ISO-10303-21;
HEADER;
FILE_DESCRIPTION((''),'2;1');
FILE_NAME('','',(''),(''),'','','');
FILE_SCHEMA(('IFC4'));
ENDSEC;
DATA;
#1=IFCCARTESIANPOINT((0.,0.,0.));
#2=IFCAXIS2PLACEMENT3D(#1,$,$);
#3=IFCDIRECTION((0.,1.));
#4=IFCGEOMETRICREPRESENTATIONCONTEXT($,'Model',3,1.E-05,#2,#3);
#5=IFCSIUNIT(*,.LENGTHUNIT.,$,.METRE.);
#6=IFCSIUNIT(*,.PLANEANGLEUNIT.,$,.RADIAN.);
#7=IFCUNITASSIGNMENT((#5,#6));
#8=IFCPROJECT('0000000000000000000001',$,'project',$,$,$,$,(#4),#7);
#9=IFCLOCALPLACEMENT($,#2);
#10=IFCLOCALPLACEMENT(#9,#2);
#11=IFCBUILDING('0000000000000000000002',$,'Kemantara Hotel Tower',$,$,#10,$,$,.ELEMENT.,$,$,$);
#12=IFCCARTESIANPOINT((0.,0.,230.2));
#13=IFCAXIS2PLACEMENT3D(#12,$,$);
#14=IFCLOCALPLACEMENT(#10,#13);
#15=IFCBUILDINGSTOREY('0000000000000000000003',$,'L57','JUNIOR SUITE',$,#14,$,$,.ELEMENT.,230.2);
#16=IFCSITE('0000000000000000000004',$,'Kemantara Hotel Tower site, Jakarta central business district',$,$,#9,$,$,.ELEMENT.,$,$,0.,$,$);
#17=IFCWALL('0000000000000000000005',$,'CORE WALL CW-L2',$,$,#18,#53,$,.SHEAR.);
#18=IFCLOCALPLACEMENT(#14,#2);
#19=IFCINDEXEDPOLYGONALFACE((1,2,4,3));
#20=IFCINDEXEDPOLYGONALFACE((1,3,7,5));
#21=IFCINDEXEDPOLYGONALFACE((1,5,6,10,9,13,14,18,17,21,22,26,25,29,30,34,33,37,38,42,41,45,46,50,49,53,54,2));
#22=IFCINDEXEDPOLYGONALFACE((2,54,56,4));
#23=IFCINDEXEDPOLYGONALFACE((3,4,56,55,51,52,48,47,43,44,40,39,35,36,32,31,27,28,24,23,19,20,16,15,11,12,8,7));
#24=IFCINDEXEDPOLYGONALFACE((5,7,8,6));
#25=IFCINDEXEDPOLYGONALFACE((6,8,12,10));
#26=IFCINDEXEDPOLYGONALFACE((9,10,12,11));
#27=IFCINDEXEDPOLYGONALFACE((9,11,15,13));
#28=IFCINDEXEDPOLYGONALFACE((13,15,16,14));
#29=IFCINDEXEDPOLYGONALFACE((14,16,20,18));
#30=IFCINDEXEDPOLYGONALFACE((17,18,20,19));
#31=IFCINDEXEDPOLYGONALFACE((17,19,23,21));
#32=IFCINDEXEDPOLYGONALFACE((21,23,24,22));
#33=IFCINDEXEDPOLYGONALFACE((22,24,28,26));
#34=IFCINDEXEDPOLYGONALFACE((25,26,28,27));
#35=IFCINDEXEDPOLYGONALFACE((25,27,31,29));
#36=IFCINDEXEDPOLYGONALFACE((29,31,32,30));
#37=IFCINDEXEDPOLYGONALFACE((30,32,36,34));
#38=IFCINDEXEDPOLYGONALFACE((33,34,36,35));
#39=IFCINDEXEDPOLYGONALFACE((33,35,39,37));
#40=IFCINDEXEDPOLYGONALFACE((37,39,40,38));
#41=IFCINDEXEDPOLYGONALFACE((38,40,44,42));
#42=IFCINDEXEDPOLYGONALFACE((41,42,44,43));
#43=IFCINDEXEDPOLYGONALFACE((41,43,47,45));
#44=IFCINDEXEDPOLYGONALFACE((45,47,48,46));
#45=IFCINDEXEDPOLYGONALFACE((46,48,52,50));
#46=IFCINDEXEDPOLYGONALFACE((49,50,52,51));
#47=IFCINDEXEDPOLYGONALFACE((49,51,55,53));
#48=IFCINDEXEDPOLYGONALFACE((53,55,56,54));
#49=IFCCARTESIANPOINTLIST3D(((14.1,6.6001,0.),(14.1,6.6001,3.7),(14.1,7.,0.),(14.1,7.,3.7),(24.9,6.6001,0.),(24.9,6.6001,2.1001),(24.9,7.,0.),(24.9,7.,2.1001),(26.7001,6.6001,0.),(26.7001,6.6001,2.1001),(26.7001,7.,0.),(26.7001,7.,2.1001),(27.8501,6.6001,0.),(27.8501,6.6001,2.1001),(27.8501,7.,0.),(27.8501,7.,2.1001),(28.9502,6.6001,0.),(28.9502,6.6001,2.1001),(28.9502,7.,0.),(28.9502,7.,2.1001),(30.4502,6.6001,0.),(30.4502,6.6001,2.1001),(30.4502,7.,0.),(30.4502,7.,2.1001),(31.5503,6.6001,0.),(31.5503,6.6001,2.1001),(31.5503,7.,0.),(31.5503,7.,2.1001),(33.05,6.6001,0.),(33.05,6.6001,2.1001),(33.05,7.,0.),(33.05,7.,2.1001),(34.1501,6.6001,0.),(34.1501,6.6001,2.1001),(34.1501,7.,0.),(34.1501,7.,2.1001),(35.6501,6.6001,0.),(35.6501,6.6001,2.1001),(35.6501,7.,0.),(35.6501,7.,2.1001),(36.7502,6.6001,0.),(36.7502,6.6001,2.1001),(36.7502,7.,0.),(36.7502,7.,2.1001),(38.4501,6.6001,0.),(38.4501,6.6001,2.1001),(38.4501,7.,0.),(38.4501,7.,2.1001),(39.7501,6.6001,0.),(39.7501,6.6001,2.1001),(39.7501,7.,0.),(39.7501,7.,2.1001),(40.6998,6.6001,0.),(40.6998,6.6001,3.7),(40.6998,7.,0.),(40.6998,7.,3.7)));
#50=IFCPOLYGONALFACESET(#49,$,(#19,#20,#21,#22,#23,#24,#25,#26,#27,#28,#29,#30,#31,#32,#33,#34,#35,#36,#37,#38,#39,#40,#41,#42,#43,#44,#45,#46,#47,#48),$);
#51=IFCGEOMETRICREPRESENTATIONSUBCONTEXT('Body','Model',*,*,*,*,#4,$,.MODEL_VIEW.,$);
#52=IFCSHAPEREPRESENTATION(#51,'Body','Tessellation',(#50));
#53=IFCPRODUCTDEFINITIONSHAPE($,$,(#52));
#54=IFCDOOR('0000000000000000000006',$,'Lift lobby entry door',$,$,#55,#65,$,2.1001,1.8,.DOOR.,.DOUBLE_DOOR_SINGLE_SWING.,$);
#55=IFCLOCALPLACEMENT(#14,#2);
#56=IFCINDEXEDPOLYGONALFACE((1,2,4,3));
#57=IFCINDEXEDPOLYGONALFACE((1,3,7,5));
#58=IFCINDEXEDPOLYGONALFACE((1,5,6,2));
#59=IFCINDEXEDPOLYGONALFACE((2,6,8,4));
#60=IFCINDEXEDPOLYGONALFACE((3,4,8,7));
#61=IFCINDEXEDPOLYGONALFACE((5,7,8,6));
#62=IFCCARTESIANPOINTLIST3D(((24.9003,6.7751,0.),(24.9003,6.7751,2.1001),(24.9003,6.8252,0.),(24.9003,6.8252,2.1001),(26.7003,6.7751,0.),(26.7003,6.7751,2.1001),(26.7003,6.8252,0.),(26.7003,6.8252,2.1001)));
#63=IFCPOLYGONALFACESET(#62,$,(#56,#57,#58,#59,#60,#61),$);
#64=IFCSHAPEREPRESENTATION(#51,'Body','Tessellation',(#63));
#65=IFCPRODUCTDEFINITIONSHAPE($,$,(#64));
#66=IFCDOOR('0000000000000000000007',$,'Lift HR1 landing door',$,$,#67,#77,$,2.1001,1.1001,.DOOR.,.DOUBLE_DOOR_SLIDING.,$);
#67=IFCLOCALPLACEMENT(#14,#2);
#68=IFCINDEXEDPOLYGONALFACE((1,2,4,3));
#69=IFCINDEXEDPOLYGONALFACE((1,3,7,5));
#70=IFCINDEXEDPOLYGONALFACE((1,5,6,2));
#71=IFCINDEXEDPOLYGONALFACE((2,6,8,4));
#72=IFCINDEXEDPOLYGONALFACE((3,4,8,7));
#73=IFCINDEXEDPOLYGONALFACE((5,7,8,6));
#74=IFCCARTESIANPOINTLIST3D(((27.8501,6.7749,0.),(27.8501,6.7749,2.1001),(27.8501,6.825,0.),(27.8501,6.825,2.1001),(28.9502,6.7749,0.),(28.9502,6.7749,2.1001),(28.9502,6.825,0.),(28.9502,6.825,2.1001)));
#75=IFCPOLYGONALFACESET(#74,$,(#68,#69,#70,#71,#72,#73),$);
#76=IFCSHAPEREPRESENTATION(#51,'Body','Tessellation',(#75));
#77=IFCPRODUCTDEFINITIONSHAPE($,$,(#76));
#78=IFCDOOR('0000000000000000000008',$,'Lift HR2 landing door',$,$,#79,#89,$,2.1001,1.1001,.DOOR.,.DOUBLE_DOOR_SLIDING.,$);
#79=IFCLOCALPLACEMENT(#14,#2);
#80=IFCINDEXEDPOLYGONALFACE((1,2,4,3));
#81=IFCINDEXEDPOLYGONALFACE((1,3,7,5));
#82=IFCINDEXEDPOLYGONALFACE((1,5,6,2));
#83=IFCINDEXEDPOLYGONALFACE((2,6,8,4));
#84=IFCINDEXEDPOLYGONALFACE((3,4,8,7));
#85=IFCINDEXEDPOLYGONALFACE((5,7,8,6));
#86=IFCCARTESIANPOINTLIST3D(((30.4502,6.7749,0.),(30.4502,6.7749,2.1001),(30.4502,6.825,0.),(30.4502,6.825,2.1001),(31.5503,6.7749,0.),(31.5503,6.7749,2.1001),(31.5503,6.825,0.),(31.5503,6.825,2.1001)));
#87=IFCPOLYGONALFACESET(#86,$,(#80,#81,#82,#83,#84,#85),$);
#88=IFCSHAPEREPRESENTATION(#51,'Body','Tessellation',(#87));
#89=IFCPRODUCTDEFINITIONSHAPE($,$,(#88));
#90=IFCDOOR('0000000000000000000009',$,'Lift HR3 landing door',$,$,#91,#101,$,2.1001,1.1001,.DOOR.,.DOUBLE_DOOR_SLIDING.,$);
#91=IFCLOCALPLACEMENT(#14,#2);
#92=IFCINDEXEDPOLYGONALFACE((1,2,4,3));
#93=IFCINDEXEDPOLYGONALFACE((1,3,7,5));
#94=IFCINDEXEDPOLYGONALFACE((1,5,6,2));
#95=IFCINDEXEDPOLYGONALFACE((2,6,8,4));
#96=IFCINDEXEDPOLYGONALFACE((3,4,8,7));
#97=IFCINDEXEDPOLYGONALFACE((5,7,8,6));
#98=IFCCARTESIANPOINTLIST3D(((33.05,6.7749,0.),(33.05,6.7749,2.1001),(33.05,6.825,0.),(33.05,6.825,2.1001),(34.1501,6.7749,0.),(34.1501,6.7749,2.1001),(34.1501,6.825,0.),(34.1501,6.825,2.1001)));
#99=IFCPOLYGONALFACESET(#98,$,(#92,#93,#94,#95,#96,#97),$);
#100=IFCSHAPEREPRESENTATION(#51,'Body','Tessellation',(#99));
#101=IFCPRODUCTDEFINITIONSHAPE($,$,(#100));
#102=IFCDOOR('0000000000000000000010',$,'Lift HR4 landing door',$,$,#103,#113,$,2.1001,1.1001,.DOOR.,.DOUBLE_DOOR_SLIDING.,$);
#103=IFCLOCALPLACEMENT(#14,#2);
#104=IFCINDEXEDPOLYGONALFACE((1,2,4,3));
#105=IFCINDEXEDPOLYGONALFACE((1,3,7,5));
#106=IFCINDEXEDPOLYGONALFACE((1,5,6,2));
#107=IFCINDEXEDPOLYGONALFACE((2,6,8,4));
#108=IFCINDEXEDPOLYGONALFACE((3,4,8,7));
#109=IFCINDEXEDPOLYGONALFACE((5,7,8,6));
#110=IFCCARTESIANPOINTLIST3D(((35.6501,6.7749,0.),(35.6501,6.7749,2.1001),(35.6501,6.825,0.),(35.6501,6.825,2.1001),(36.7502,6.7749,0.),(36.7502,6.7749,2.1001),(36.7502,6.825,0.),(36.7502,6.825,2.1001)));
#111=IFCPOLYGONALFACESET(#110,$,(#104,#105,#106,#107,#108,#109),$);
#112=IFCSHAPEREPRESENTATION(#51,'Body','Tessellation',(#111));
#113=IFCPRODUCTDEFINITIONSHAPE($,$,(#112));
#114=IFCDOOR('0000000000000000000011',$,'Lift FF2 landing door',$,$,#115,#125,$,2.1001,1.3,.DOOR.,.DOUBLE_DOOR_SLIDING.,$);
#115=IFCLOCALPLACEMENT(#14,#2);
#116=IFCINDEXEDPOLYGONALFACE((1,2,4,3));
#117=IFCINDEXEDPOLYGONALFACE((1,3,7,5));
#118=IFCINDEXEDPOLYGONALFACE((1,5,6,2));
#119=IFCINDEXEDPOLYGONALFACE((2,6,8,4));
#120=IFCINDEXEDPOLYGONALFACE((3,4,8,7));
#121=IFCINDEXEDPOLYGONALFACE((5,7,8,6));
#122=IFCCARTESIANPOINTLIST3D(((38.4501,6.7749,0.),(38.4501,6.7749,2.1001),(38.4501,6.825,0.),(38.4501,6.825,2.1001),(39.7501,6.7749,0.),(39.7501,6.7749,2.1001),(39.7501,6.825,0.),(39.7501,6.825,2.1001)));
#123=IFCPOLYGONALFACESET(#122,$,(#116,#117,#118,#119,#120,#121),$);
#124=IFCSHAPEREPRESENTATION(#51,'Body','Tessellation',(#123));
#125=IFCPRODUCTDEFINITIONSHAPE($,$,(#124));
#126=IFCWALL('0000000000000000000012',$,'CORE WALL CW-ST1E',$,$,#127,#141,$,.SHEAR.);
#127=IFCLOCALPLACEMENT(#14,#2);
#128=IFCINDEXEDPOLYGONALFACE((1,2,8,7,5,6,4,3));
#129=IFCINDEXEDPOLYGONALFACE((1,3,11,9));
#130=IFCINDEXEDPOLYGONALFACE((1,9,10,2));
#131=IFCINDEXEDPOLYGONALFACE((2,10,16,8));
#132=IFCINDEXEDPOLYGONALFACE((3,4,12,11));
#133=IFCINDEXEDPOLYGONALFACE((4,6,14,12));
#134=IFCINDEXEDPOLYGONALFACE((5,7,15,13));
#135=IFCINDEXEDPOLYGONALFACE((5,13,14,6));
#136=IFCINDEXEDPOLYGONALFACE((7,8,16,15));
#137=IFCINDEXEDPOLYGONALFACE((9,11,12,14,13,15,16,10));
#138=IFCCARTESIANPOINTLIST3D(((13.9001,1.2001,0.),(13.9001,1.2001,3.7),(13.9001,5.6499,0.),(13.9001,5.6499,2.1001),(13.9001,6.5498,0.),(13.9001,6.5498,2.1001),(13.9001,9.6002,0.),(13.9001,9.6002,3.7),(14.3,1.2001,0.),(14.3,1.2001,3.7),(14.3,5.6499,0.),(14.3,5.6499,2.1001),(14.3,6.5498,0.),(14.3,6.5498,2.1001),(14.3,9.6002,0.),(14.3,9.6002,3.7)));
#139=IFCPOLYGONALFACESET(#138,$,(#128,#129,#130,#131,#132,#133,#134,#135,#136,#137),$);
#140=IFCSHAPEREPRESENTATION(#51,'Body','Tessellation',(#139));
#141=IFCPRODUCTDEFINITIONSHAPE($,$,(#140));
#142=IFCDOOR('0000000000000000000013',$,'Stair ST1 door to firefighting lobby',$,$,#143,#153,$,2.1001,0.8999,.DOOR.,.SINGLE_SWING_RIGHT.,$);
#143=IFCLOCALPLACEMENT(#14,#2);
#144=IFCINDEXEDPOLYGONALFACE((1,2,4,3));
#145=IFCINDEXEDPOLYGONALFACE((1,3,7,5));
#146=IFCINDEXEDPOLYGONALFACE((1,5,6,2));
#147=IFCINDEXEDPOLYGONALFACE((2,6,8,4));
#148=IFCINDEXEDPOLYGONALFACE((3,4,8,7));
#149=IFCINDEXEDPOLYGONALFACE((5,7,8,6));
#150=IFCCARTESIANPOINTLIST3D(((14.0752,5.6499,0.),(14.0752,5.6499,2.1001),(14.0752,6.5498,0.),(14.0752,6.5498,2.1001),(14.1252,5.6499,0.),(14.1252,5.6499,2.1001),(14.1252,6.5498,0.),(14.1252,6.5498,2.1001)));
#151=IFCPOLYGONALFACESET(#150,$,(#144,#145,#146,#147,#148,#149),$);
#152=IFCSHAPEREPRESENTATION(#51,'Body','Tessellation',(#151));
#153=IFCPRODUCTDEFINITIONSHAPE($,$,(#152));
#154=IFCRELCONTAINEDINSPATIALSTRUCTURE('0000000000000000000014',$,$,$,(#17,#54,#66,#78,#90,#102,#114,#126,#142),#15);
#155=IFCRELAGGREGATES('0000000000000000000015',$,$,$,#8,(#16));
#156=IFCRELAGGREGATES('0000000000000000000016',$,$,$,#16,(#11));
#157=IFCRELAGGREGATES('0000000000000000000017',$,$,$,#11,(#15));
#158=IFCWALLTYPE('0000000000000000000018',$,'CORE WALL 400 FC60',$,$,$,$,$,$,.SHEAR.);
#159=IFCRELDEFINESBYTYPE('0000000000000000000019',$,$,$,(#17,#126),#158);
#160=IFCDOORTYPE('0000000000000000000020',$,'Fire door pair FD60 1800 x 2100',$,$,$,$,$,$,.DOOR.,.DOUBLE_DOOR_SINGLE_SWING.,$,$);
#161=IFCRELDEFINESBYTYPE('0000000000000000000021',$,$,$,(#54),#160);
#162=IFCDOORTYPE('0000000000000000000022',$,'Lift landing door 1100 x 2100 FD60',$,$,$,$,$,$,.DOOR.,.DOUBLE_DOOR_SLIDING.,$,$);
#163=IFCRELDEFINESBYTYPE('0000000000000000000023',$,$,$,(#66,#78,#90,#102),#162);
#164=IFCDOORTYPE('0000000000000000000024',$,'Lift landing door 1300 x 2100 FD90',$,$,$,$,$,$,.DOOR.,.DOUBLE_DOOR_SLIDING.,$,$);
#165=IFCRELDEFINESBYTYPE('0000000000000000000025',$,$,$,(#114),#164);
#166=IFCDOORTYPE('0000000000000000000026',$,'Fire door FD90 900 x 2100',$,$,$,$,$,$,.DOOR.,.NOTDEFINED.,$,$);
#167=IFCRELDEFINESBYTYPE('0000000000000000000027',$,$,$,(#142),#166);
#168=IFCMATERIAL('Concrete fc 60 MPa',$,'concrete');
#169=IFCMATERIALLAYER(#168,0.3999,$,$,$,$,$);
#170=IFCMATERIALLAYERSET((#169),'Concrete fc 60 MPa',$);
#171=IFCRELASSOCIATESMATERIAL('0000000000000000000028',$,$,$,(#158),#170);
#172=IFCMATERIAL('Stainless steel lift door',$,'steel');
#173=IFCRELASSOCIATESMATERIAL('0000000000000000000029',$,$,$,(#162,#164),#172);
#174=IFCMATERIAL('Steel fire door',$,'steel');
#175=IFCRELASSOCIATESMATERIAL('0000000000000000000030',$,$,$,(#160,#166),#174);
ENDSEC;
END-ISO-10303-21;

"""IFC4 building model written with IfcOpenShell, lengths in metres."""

from ifc_helpers import new_model, si_unit, direction, frame, frame_2d, origin, place, context, subcontext, project, spatial, rectangle, extrude, material, layer, layer_set, type_object, element, fill, save


model = new_model("IFC4")

# Units and contexts
model_context = context("Model", 3, precision=1e-05, world=origin(), true_north=direction((0.0, 1.0)))
body_context = subcontext(model_context, "Body", "Model", "MODEL_VIEW")
ifc_project = project(units=[si_unit("LENGTHUNIT", "METRE"), si_unit("PLANEANGLEUNIT", "RADIAN")], contexts=[model_context])

# Site, building, storey
site_placement = place(None, origin())
site = spatial("IfcSite", under=ifc_project, at=site_placement, Name="Kemantara Hotel Tower site, Jakarta central business district", CompositionType="ELEMENT", RefElevation=0.0)
building_placement = place(site_placement, origin())
building = spatial("IfcBuilding", under=site, at=building_placement, Name="Kemantara Hotel Tower", CompositionType="ELEMENT")
storey_placement = place(building_placement, frame((0.0, 0.0, 230.2)))
storey = spatial("IfcBuildingStorey", under=building, at=storey_placement, Name="L57", Description="JUNIOR SUITE", CompositionType="ELEMENT", Elevation=230.2)

# Shared definitions
ifc_material_1 = material(Name="Concrete fc 60 MPa", Category="concrete")

# Wall, openings, doors
ifc_layer_1 = layer(ifc_material_1, 0.3999)
ifc_layer_set_1 = layer_set([ifc_layer_1], Name="Concrete fc 60 MPa")
wall_type_1 = type_object("IfcWallType", Name="CORE WALL 400 FC60", PredefinedType="SHEAR", material=ifc_layer_set_1)
ifc_material_2 = material(Name="Steel fire door", Category="steel")
ifc_material_3 = material(Name="Stainless steel lift door", Category="steel")
door_type_1 = type_object("IfcDoorType", Name="Lift landing door 1100 x 2100 FD60", OperationType="DOUBLE_DOOR_SLIDING", PredefinedType="DOOR", material=ifc_material_3)
door_type_2 = type_object("IfcDoorType", Name="Lift landing door 1300 x 2100 FD90", OperationType="DOUBLE_DOOR_SLIDING", PredefinedType="DOOR", material=ifc_material_3)
wall_1_placement = place(storey_placement, frame((14.1001, 6.8, 0.0), z_axis=(0.0, 0.0, 1.0), x_axis=(1.0, 0.0, 0.0)))
wall_1 = element("IfcWall", 1, at=wall_1_placement, inside=storey, type_object=wall_type_1, Name="CORE WALL CW-L2", PredefinedType="SHEAR", context=body_context, shape_type="SweptSolid", body=[
    extrude(rectangle(XDim=26.5999, YDim=0.3999, at=frame_2d((13.2998, 0.0))), origin(), (0.0, 0.0, 1.0), 3.7),
])
opening_1_placement = place(wall_1_placement, frame((10.8, 0.0, 0.0)))
opening_1 = element("IfcOpeningElement", 2, at=opening_1_placement, cuts=wall_1, PredefinedType="OPENING", context=body_context, shape_type="SweptSolid", body=[
    extrude(rectangle(XDim=1.8, YDim=2.1001, at=frame_2d((0.8999, 1.05))), frame((0.0, 0.21, 0.0), z_axis=(0.0, -1.0, 0.0), x_axis=(1.0, 0.0, 0.0)), (0.0, 0.0, 1.0), 0.4199),
])
opening_2_placement = place(wall_1_placement, frame((13.75, 0.0, 0.0)))
opening_2 = element("IfcOpeningElement", 3, at=opening_2_placement, cuts=wall_1, PredefinedType="OPENING", context=body_context, shape_type="SweptSolid", body=[
    extrude(rectangle(XDim=1.1001, YDim=2.1001, at=frame_2d((0.55, 1.05))), frame((0.0, 0.21, 0.0), z_axis=(0.0, -1.0, 0.0), x_axis=(1.0, 0.0, 0.0)), (0.0, 0.0, 1.0), 0.4199),
])
opening_3_placement = place(wall_1_placement, frame((16.3501, 0.0, 0.0)))
opening_3 = element("IfcOpeningElement", 4, at=opening_3_placement, cuts=wall_1, PredefinedType="OPENING", context=body_context, shape_type="SweptSolid", body=[
    extrude(rectangle(XDim=1.1001, YDim=2.1001, at=frame_2d((0.55, 1.05))), frame((0.0, 0.21, 0.0), z_axis=(0.0, -1.0, 0.0), x_axis=(1.0, 0.0, 0.0)), (0.0, 0.0, 1.0), 0.4199),
])
opening_4_placement = place(wall_1_placement, frame((18.95, 0.0, 0.0)))
opening_4 = element("IfcOpeningElement", 5, at=opening_4_placement, cuts=wall_1, PredefinedType="OPENING", context=body_context, shape_type="SweptSolid", body=[
    extrude(rectangle(XDim=1.1001, YDim=2.1001, at=frame_2d((0.55, 1.05))), frame((0.0, 0.21, 0.0), z_axis=(0.0, -1.0, 0.0), x_axis=(1.0, 0.0, 0.0)), (0.0, 0.0, 1.0), 0.4199),
])
opening_5_placement = place(wall_1_placement, frame((21.55, 0.0, 0.0)))
opening_5 = element("IfcOpeningElement", 6, at=opening_5_placement, cuts=wall_1, PredefinedType="OPENING", context=body_context, shape_type="SweptSolid", body=[
    extrude(rectangle(XDim=1.1001, YDim=2.1001, at=frame_2d((0.55, 1.05))), frame((0.0, 0.21, 0.0), z_axis=(0.0, -1.0, 0.0), x_axis=(1.0, 0.0, 0.0)), (0.0, 0.0, 1.0), 0.4199),
])
opening_6_placement = place(wall_1_placement, frame((24.3501, 0.0, 0.0)))
opening_6 = element("IfcOpeningElement", 7, at=opening_6_placement, cuts=wall_1, PredefinedType="OPENING", context=body_context, shape_type="SweptSolid", body=[
    extrude(rectangle(XDim=1.3, YDim=2.1001, at=frame_2d((0.6499, 1.05))), frame((0.0, 0.21, 0.0), z_axis=(0.0, -1.0, 0.0), x_axis=(1.0, 0.0, 0.0)), (0.0, 0.0, 1.0), 0.4199),
])
door_type_3 = type_object("IfcDoorType", Name="Fire door pair FD60 1800 x 2100", OperationType="DOUBLE_DOOR_SINGLE_SWING", PredefinedType="DOOR", material=ifc_material_2)
door_1_placement = place(opening_1_placement, frame((1.8, 0.0, 0.0), z_axis=(0.0, 0.0, 1.0), x_axis=(-1.0, 0.0, 0.0)))
door_1 = element("IfcDoor", 8, at=door_1_placement, inside=storey, type_object=door_type_3, Name="Lift lobby entry door", OperationType="DOUBLE_DOOR_SINGLE_SWING", OverallHeight=2.1001, OverallWidth=1.8, PredefinedType="DOOR", context=body_context, shape_type="SweptSolid", body=[
    extrude(rectangle(XDim=1.8, YDim=2.1001, at=frame_2d((0.8999, 1.05))), frame((0.0, 0.0249, 0.0), z_axis=(0.0, -1.0, 0.0), x_axis=(1.0, 0.0, 0.0)), (0.0, 0.0, 1.0), 0.05),
])
fill(opening_1, door_1)
door_2_placement = place(opening_2_placement, origin())
door_2 = element("IfcDoor", 9, at=door_2_placement, inside=storey, type_object=door_type_1, Name="Lift HR1 landing door", OperationType="DOUBLE_DOOR_SLIDING", OverallHeight=2.1001, OverallWidth=1.1001, PredefinedType="DOOR", context=body_context, shape_type="SweptSolid", body=[
    extrude(rectangle(XDim=1.1001, YDim=2.1001, at=frame_2d((0.55, 1.05))), frame((0.0, 0.0249, 0.0), z_axis=(0.0, -1.0, 0.0), x_axis=(1.0, 0.0, 0.0)), (0.0, 0.0, 1.0), 0.05),
])
fill(opening_2, door_2)
door_3_placement = place(opening_3_placement, origin())
door_3 = element("IfcDoor", 10, at=door_3_placement, inside=storey, type_object=door_type_1, Name="Lift HR2 landing door", OperationType="DOUBLE_DOOR_SLIDING", OverallHeight=2.1001, OverallWidth=1.1001, PredefinedType="DOOR", context=body_context, shape_type="SweptSolid", body=[
    extrude(rectangle(XDim=1.1001, YDim=2.1001, at=frame_2d((0.55, 1.05))), frame((0.0, 0.0249, 0.0), z_axis=(0.0, -1.0, 0.0), x_axis=(1.0, 0.0, 0.0)), (0.0, 0.0, 1.0), 0.05),
])
fill(opening_3, door_3)
door_4_placement = place(opening_4_placement, origin())
door_4 = element("IfcDoor", 11, at=door_4_placement, inside=storey, type_object=door_type_1, Name="Lift HR3 landing door", OperationType="DOUBLE_DOOR_SLIDING", OverallHeight=2.1001, OverallWidth=1.1001, PredefinedType="DOOR", context=body_context, shape_type="SweptSolid", body=[
    extrude(rectangle(XDim=1.1001, YDim=2.1001, at=frame_2d((0.55, 1.05))), frame((0.0, 0.0249, 0.0), z_axis=(0.0, -1.0, 0.0), x_axis=(1.0, 0.0, 0.0)), (0.0, 0.0, 1.0), 0.05),
])
fill(opening_4, door_4)
door_5_placement = place(opening_5_placement, origin())
door_5 = element("IfcDoor", 12, at=door_5_placement, inside=storey, type_object=door_type_1, Name="Lift HR4 landing door", OperationType="DOUBLE_DOOR_SLIDING", OverallHeight=2.1001, OverallWidth=1.1001, PredefinedType="DOOR", context=body_context, shape_type="SweptSolid", body=[
    extrude(rectangle(XDim=1.1001, YDim=2.1001, at=frame_2d((0.55, 1.05))), frame((0.0, 0.0249, 0.0), z_axis=(0.0, -1.0, 0.0), x_axis=(1.0, 0.0, 0.0)), (0.0, 0.0, 1.0), 0.05),
])
fill(opening_5, door_5)
door_6_placement = place(opening_6_placement, origin())
door_6 = element("IfcDoor", 13, at=door_6_placement, inside=storey, type_object=door_type_2, Name="Lift FF2 landing door", OperationType="DOUBLE_DOOR_SLIDING", OverallHeight=2.1001, OverallWidth=1.3, PredefinedType="DOOR", context=body_context, shape_type="SweptSolid", body=[
    extrude(rectangle(XDim=1.3, YDim=2.1001, at=frame_2d((0.6499, 1.05))), frame((0.0, 0.0249, 0.0), z_axis=(0.0, -1.0, 0.0), x_axis=(1.0, 0.0, 0.0)), (0.0, 0.0, 1.0), 0.05),
])
fill(opening_6, door_6)

# Wall, opening, door
wall_2_placement = place(storey_placement, frame((14.1001, 1.2, 0.0), z_axis=(0.0, 0.0, 1.0), x_axis=(0.0, 1.0, 0.0)))
wall_2 = element("IfcWall", 14, at=wall_2_placement, inside=storey, type_object=wall_type_1, Name="CORE WALL CW-ST1E", PredefinedType="SHEAR", context=body_context, shape_type="SweptSolid", body=[
    extrude(rectangle(XDim=8.4001, YDim=0.3999, at=frame_2d((4.2002, 0.0))), origin(), (0.0, 0.0, 1.0), 3.7),
])
opening_7_placement = place(wall_2_placement, frame((4.45, 0.0, 0.0)))
opening_7 = element("IfcOpeningElement", 15, at=opening_7_placement, cuts=wall_2, PredefinedType="OPENING", context=body_context, shape_type="SweptSolid", body=[
    extrude(rectangle(XDim=0.8999, YDim=2.1001, at=frame_2d((0.45, 1.05))), frame((0.0, 0.21, 0.0), z_axis=(0.0, -1.0, 0.0), x_axis=(1.0, 0.0, 0.0)), (0.0, 0.0, 1.0), 0.4199),
])
door_type_4 = type_object("IfcDoorType", Name="Fire door FD90 900 x 2100", OperationType="NOTDEFINED", PredefinedType="DOOR", material=ifc_material_2)
door_7_placement = place(opening_7_placement, origin())
door_7 = element("IfcDoor", 16, at=door_7_placement, inside=storey, type_object=door_type_4, Name="Stair ST1 door to firefighting lobby", OperationType="SINGLE_SWING_RIGHT", OverallHeight=2.1001, OverallWidth=0.8999, PredefinedType="DOOR", context=body_context, shape_type="SweptSolid", body=[
    extrude(rectangle(XDim=0.8999, YDim=2.1001, at=frame_2d((0.45, 1.05))), frame((0.0, 0.0249, 0.0), z_axis=(0.0, -1.0, 0.0), x_axis=(1.0, 0.0, 0.0)), (0.0, 0.0, 1.0), 0.05),
])
fill(opening_7, door_7)

save(model, "model.ifc")
